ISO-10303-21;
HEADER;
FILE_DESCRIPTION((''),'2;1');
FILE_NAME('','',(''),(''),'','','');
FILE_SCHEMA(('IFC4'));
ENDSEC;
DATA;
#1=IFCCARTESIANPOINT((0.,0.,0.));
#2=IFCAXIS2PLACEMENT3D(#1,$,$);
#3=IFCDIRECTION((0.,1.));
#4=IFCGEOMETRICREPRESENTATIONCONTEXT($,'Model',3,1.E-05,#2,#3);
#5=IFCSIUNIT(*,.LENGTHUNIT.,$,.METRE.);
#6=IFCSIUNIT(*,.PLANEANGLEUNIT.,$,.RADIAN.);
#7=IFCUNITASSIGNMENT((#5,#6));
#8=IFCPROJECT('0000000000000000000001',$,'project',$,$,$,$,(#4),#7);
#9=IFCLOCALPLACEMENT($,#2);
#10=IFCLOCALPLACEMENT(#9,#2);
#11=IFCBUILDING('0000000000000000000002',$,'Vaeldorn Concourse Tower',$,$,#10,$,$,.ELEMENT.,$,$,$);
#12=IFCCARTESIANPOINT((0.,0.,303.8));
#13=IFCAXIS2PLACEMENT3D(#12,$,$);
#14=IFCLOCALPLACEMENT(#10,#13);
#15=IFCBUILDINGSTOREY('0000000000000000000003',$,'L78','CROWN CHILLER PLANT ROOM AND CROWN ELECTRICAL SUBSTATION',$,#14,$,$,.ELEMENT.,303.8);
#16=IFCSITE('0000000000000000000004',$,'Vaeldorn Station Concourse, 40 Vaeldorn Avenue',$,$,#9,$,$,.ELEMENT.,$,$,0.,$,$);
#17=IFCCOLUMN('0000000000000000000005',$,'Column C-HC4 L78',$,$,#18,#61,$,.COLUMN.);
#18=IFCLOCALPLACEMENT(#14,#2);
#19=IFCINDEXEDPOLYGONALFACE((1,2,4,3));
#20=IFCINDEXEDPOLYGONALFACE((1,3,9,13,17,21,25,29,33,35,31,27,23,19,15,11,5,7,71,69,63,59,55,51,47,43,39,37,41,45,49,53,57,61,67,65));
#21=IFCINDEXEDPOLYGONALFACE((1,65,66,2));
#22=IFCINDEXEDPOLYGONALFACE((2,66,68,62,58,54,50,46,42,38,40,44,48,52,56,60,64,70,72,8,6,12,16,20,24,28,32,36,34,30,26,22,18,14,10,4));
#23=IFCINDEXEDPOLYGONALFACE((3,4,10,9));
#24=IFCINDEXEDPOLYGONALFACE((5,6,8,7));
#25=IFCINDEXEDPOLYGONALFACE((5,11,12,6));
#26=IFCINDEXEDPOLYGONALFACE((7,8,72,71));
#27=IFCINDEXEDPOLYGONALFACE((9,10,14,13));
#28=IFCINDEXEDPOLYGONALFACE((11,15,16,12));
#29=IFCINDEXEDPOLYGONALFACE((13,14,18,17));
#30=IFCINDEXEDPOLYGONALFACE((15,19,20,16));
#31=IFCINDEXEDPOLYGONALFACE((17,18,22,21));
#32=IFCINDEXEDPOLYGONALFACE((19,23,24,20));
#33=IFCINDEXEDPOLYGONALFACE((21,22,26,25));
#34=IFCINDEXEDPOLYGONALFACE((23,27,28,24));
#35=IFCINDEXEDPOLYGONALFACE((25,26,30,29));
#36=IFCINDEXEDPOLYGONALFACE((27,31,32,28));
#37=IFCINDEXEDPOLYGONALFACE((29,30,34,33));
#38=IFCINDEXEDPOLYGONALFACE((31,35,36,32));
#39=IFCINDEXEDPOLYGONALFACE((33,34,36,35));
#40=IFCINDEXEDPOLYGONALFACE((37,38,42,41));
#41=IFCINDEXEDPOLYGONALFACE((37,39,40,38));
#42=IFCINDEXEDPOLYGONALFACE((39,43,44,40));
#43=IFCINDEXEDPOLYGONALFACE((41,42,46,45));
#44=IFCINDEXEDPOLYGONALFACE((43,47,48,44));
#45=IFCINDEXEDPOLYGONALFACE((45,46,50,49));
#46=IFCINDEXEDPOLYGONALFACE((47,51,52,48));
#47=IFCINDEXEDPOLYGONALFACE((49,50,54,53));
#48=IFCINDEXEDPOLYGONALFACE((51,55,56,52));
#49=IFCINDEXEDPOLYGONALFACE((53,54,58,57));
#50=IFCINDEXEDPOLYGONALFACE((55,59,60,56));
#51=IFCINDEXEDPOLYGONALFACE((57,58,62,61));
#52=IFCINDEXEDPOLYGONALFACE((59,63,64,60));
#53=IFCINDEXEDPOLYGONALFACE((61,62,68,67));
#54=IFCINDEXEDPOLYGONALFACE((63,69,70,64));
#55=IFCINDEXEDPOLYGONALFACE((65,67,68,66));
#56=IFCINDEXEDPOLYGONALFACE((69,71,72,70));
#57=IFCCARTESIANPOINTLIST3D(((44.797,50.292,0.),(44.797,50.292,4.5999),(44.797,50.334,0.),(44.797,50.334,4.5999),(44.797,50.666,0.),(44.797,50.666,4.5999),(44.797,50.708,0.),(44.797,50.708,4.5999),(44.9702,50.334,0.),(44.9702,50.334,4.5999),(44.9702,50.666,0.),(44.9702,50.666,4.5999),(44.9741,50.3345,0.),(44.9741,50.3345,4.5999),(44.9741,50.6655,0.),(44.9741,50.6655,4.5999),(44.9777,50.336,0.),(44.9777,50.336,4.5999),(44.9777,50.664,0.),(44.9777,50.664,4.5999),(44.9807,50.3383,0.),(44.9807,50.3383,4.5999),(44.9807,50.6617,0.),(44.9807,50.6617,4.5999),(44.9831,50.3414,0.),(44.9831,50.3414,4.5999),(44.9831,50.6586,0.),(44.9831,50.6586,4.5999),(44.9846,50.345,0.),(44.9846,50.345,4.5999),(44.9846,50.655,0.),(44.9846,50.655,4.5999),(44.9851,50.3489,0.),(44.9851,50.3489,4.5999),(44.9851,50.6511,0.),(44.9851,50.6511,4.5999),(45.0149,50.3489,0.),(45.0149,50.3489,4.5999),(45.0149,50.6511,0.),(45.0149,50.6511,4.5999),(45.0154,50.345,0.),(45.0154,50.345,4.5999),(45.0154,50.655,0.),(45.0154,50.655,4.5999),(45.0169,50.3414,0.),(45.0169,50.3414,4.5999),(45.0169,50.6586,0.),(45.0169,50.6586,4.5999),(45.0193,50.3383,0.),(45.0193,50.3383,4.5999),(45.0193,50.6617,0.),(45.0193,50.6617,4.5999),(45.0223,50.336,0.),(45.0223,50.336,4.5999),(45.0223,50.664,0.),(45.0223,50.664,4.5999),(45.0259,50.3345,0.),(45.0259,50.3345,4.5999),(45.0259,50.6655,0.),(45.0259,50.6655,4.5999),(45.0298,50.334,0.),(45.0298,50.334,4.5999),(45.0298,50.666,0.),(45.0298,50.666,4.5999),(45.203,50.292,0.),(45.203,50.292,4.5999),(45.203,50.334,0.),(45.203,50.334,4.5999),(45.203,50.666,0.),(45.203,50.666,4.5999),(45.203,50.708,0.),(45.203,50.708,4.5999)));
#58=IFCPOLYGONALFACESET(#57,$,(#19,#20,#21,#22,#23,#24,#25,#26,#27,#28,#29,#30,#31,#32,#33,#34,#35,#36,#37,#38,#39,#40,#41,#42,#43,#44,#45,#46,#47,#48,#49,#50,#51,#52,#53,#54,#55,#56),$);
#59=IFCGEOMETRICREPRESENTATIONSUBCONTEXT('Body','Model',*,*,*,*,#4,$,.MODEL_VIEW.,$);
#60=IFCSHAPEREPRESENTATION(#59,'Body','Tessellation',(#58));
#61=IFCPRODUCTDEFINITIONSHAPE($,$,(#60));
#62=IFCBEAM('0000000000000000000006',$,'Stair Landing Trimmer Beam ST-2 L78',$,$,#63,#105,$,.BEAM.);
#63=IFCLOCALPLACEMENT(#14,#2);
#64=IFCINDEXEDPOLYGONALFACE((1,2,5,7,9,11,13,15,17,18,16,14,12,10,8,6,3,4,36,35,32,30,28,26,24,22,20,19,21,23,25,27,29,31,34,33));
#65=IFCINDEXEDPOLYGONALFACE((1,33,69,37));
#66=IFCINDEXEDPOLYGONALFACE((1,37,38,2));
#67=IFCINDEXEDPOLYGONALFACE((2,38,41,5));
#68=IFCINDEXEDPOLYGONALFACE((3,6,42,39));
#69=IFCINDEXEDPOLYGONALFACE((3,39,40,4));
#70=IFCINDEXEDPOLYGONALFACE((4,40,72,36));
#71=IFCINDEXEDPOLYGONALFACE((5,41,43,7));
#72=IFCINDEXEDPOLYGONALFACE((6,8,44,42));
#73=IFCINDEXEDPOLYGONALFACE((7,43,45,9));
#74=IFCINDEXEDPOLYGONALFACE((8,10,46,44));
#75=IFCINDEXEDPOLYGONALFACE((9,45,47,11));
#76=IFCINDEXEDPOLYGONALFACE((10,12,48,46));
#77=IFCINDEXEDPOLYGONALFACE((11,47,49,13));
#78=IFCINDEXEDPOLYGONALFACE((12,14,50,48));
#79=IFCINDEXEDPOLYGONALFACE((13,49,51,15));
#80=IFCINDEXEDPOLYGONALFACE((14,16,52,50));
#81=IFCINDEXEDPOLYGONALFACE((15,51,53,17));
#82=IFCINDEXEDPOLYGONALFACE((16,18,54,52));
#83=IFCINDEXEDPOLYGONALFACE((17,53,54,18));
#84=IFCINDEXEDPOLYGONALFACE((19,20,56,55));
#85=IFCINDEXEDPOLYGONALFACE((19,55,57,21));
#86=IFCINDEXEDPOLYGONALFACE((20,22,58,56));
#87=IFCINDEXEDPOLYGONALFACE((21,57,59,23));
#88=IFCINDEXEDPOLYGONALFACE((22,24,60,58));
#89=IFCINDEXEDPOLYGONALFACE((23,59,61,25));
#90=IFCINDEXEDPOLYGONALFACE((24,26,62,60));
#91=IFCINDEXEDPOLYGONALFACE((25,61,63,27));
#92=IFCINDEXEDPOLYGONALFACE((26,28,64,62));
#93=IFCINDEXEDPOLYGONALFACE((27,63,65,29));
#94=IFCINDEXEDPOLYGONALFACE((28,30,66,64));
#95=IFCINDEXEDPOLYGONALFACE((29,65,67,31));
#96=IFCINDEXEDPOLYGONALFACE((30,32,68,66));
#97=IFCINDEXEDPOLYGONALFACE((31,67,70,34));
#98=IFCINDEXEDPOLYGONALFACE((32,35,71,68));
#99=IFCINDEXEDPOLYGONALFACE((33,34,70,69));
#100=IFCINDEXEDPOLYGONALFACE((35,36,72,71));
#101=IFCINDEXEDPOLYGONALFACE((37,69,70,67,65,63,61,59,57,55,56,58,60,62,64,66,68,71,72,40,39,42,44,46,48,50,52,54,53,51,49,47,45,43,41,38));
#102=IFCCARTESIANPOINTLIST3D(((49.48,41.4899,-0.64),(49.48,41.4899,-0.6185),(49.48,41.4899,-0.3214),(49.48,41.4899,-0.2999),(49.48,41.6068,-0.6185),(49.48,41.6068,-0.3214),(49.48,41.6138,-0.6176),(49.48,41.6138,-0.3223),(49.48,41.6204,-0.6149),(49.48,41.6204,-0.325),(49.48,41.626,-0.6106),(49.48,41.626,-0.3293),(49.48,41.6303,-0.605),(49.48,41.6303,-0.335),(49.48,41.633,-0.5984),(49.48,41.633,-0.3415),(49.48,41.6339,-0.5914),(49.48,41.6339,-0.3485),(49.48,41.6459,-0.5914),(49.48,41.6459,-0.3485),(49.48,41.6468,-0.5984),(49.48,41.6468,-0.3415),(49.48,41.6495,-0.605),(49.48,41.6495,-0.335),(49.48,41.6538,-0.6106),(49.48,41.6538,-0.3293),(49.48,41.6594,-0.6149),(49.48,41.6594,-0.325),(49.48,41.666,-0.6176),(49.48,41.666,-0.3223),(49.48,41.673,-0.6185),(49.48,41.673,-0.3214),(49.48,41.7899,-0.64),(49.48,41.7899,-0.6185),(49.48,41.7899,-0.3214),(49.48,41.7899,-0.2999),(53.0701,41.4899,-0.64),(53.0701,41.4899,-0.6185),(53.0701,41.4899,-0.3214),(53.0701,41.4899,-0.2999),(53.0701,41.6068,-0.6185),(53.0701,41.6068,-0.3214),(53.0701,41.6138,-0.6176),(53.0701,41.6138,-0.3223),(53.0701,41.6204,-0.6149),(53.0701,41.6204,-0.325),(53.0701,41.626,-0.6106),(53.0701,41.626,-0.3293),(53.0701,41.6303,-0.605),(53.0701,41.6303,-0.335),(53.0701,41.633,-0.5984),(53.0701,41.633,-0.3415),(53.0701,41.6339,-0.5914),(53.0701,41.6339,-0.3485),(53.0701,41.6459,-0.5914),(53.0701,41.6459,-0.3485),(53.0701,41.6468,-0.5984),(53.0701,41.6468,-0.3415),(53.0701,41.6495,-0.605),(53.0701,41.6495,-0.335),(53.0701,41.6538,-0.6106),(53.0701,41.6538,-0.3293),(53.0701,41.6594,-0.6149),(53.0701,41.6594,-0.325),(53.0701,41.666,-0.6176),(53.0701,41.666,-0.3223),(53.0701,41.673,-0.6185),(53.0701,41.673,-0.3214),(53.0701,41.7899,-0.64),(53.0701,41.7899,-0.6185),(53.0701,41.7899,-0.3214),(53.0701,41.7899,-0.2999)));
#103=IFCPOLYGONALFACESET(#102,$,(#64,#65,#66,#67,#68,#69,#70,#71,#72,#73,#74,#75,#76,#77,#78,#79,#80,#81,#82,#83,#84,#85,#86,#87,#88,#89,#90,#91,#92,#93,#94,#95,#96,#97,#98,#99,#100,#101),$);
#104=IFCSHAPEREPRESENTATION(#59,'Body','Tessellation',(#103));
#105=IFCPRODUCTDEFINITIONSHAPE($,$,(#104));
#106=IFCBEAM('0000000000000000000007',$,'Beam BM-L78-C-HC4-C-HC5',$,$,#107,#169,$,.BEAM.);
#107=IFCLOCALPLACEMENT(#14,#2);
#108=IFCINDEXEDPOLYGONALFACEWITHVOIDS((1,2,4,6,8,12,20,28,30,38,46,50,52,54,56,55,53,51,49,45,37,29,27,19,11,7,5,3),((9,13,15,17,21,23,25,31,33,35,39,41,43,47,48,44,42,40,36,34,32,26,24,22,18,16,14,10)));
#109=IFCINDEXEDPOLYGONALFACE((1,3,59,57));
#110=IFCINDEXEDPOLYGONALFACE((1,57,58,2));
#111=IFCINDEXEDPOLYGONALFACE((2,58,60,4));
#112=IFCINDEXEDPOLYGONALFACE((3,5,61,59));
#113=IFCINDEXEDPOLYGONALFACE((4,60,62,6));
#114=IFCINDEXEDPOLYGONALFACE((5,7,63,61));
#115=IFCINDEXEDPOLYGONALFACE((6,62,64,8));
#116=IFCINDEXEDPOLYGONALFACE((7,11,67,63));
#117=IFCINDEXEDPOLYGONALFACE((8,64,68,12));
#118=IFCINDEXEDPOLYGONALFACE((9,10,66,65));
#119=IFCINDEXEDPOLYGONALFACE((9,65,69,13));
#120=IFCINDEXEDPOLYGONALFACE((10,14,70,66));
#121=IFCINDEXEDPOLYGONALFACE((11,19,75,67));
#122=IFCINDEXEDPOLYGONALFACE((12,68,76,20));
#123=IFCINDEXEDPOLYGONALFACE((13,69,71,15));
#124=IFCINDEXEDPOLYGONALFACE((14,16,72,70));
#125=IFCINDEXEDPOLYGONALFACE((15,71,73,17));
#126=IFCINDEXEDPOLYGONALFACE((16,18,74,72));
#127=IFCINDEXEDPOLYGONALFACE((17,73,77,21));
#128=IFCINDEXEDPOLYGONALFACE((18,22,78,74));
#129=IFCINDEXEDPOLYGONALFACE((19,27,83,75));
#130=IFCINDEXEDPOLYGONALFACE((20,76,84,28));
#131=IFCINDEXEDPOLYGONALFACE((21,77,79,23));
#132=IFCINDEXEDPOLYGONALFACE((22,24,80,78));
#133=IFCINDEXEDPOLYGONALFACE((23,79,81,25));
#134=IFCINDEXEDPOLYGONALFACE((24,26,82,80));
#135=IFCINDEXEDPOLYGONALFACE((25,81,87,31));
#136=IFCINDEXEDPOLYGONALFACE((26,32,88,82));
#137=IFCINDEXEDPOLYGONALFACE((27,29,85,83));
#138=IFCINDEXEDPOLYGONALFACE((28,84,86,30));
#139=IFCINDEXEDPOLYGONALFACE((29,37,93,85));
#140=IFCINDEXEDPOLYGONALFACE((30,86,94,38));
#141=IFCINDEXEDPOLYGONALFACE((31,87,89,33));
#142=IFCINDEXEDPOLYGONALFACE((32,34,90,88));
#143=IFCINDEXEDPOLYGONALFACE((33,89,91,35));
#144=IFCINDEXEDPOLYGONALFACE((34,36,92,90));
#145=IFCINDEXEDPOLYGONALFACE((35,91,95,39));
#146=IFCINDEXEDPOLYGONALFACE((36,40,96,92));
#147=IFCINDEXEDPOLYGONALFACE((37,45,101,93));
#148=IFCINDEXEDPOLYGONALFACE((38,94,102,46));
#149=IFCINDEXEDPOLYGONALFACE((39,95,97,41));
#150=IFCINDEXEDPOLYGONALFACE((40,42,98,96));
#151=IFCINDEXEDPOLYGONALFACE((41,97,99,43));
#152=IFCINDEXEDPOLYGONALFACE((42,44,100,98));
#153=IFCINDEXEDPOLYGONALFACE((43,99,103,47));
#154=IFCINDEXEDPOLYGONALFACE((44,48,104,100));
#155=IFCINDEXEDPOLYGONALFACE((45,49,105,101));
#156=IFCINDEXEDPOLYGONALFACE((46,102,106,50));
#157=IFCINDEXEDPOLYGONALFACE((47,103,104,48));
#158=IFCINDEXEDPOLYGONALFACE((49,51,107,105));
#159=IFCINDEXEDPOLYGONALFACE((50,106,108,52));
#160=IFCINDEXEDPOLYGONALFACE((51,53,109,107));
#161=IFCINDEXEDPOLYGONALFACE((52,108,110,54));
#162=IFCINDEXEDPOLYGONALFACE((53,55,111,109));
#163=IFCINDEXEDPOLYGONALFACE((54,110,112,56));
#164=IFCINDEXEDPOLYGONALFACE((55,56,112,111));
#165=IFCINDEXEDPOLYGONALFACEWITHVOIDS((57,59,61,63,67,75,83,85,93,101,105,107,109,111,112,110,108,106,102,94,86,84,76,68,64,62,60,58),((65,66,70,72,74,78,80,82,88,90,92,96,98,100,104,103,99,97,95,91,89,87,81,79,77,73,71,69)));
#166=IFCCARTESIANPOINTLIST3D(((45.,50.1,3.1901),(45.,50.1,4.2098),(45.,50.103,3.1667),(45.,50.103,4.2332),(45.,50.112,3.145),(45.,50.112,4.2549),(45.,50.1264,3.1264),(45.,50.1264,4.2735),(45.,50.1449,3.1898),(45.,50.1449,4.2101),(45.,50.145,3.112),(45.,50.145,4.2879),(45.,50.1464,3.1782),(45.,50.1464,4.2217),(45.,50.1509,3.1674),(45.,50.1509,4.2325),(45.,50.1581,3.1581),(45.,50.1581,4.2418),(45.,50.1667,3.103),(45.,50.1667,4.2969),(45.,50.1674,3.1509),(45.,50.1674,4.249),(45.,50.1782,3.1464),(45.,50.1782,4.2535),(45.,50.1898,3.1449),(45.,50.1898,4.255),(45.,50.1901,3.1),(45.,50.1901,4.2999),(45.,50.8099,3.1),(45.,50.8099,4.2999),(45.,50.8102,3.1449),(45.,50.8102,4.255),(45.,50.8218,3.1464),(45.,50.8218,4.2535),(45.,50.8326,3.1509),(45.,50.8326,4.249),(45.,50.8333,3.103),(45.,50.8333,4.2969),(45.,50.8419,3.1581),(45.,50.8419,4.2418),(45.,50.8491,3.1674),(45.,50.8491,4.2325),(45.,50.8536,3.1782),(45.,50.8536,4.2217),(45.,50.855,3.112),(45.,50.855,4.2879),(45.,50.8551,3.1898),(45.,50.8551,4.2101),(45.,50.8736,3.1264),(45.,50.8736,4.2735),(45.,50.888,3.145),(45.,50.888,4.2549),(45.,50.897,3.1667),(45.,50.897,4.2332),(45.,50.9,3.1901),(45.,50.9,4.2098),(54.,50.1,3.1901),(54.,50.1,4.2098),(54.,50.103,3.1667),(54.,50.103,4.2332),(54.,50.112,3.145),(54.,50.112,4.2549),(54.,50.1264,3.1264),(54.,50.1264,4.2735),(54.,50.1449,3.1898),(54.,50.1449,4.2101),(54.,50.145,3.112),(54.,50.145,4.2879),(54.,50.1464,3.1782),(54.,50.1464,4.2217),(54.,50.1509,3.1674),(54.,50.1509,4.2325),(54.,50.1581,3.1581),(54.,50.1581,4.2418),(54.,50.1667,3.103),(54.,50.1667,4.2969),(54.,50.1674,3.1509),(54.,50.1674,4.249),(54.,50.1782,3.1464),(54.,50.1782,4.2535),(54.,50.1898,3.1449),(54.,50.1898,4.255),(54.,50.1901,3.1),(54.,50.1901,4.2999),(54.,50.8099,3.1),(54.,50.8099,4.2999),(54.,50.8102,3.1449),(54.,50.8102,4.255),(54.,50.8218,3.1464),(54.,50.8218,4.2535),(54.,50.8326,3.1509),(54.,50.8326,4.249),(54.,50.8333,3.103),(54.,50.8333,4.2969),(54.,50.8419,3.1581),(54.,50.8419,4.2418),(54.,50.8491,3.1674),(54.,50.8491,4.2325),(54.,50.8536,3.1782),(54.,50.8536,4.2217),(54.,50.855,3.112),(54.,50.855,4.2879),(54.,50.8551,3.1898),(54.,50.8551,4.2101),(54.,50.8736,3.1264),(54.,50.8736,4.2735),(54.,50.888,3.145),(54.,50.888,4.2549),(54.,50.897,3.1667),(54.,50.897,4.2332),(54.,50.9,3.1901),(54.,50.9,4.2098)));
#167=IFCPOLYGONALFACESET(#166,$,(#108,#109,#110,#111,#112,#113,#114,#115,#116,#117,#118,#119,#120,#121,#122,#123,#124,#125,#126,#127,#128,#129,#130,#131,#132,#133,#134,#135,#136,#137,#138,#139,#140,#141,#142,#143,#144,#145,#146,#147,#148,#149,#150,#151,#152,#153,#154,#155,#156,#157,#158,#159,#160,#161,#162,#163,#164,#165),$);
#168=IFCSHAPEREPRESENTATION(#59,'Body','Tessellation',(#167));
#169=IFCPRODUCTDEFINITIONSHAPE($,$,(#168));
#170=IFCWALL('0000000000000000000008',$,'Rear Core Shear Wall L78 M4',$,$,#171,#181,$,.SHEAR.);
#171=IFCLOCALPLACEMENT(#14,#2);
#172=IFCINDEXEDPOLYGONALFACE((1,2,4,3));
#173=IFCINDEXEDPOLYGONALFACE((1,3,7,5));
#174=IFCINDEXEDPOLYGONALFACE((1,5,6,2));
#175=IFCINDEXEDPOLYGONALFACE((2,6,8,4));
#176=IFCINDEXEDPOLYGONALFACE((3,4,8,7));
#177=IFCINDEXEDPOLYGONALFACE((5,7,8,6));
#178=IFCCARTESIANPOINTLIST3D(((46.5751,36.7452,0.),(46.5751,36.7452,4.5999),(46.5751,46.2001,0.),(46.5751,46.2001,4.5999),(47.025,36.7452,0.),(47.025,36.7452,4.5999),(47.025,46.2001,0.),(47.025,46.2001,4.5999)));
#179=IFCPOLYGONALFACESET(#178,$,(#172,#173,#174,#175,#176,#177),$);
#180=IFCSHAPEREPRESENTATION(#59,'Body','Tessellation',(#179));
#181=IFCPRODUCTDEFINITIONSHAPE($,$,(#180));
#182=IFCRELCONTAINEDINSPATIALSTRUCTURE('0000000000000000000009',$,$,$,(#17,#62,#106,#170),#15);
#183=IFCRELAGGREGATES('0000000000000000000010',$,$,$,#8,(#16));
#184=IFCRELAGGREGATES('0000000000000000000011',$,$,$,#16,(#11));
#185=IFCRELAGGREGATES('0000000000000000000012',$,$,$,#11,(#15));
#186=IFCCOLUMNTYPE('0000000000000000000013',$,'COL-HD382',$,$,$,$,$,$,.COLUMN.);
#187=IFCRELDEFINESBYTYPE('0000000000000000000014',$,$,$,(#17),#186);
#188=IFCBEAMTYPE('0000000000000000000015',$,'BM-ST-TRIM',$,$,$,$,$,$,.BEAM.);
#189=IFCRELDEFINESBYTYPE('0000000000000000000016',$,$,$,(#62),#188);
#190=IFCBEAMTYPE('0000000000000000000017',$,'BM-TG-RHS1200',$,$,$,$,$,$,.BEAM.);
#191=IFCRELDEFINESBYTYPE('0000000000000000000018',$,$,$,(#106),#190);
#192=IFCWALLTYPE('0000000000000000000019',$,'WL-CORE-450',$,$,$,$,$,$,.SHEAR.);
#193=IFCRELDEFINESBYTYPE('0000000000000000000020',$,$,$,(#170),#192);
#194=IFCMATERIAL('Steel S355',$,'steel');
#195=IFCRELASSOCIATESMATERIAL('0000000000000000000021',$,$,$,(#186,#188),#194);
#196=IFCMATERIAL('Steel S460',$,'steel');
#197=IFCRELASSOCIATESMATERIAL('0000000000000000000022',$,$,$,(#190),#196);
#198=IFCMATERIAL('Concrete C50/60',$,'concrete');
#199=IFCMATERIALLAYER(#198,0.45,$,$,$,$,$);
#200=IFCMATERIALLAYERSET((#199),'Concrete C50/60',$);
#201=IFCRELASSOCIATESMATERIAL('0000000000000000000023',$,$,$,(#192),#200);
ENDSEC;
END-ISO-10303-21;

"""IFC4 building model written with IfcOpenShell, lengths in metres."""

from ifc_helpers import new_model, si_unit, direction, frame, frame_2d, origin, origin_2d, place, context, subcontext, project, spatial, rectangle, hollow_rectangle, i_section, extrude, source, transform, mapped, material, layer, layer_set, material_profile, profile_set, type_object, element, save


model = new_model("IFC4")

# Units and contexts
model_context = context("Model", 3, precision=1e-05, world=origin(), true_north=direction((0.0, 1.0)))
body_context = subcontext(model_context, "Body", "Model", "MODEL_VIEW")
ifc_project = project(units=[si_unit("LENGTHUNIT", "METRE"), si_unit("PLANEANGLEUNIT", "RADIAN")], contexts=[model_context])

# Site, building, storey
site_placement = place(None, origin())
site = spatial("IfcSite", under=ifc_project, at=site_placement, Name="Vaeldorn Station Concourse, 40 Vaeldorn Avenue", CompositionType="ELEMENT", RefElevation=0.0)
building_placement = place(site_placement, origin())
building = spatial("IfcBuilding", under=site, at=building_placement, Name="Vaeldorn Concourse Tower", CompositionType="ELEMENT")
storey_placement = place(building_placement, frame((0.0, 0.0, 303.8)))
storey = spatial("IfcBuildingStorey", under=building, at=storey_placement, Name="L78", Description="CROWN CHILLER PLANT ROOM AND CROWN ELECTRICAL SUBSTATION", CompositionType="ELEMENT", Elevation=303.8)

# Column
ifc_material_1 = material(Name="Steel S355", Category="steel")
ifc_material_profile_1 = material_profile(ifc_material_1, i_section(OverallWidth=0.406, OverallDepth=0.416, WebThickness=0.0298, FlangeThickness=0.042, FilletRadius=0.0149, at=origin_2d()), Name="HD 400x382")
ifc_profile_set_1 = profile_set([ifc_material_profile_1], Name="Steel S355")
column_type = type_object("IfcColumnType", Name="COL-HD382", PredefinedType="COLUMN", material=ifc_profile_set_1)
shared_shape_1 = source(origin(), body_context, "Body", "SweptSolid", [
    extrude(i_section(OverallWidth=0.406, OverallDepth=0.416, WebThickness=0.0298, FlangeThickness=0.042, FilletRadius=0.0149, at=origin_2d()), origin(), (0.0, 0.0, 1.0), 4.5999),
])
column_placement = place(storey_placement, frame((45.0, 50.5, 0.0), z_axis=(0.0, 0.0, 1.0), x_axis=(1.0, 0.0, 0.0)))
element("IfcColumn", 1, at=column_placement, inside=storey, type_object=column_type, Name="Column C-HC4 L78", PredefinedType="COLUMN", context=body_context, shape_type="MappedRepresentation", body=[
    mapped(shared_shape_1, transform((0.0, 0.0, 0.0), scale=1.0)),
])

# Beams
ifc_material_profile_2 = material_profile(ifc_material_1, i_section(OverallWidth=0.3, OverallDepth=0.3401, WebThickness=0.012, FlangeThickness=0.0215, FilletRadius=0.0271, at=origin_2d()), Name="HEB 340")
ifc_profile_set_2 = profile_set([ifc_material_profile_2], Name="Steel S355")
beam_type_1 = type_object("IfcBeamType", Name="BM-ST-TRIM", PredefinedType="BEAM", material=ifc_profile_set_2)
shared_shape_2 = source(origin(), body_context, "Body", "SweptSolid", [
    extrude(i_section(OverallWidth=0.3, OverallDepth=0.3401, WebThickness=0.012, FlangeThickness=0.0215, FilletRadius=0.0271, at=origin_2d()), origin(), (0.0, 0.0, 1.0), 3.5901),
])
beam_1_placement = place(storey_placement, frame((49.48, 41.6399, -0.47), z_axis=(1.0, 0.0, 0.0), x_axis=(0.0, 1.0, 0.0)))
element("IfcBeam", 2, at=beam_1_placement, inside=storey, type_object=beam_type_1, Name="Stair Landing Trimmer Beam ST-2 L78", PredefinedType="BEAM", context=body_context, shape_type="MappedRepresentation", body=[
    mapped(shared_shape_2, transform((0.0, 0.0, 0.0), scale=1.0)),
])
ifc_material_2 = material(Name="Steel S460", Category="steel")
ifc_material_profile_3 = material_profile(ifc_material_2, hollow_rectangle(XDim=0.8, YDim=1.2, WallThickness=0.0449, InnerFilletRadius=0.0449, OuterFilletRadius=0.0901, at=origin_2d()), Name="RHS 1200x800x45")
ifc_profile_set_3 = profile_set([ifc_material_profile_3], Name="Steel S460")
beam_type_2 = type_object("IfcBeamType", Name="BM-TG-RHS1200", PredefinedType="BEAM", material=ifc_profile_set_3)
shared_shape_3 = source(origin(), body_context, "Body", "SweptSolid", [
    extrude(hollow_rectangle(XDim=0.8, YDim=1.2, WallThickness=0.0449, InnerFilletRadius=0.0449, OuterFilletRadius=0.0901, at=origin_2d()), origin(), (0.0, 0.0, 1.0), 9.0),
])
beam_2_placement = place(storey_placement, frame((45.0, 50.5, 3.7), z_axis=(1.0, 0.0, 0.0), x_axis=(0.0, 1.0, 0.0)))
element("IfcBeam", 3, at=beam_2_placement, inside=storey, type_object=beam_type_2, Name="Beam BM-L78-C-HC4-C-HC5", PredefinedType="BEAM", context=body_context, shape_type="MappedRepresentation", body=[
    mapped(shared_shape_3, transform((0.0, 0.0, 0.0), scale=1.0)),
])

# Wall
ifc_material_3 = material(Name="Concrete C50/60", Category="concrete")
ifc_layer_1 = layer(ifc_material_3, 0.45)
ifc_layer_set_1 = layer_set([ifc_layer_1], Name="Concrete C50/60")
wall_type_1 = type_object("IfcWallType", Name="WL-CORE-450", PredefinedType="SHEAR", material=ifc_layer_set_1)
wall_1_placement = place(storey_placement, frame((46.8, 36.7451, 0.0), z_axis=(0.0, 0.0, 1.0), x_axis=(0.0, 1.0, 0.0)))
element("IfcWall", 4, at=wall_1_placement, inside=storey, type_object=wall_type_1, Name="Rear Core Shear Wall L78 M4", PredefinedType="SHEAR", context=body_context, shape_type="SweptSolid", body=[
    extrude(rectangle(XDim=9.4548, YDim=0.45, at=frame_2d((4.7275, 0.0))), origin(), (0.0, 0.0, 1.0), 4.5999),
])

save(model, "model.ifc")
